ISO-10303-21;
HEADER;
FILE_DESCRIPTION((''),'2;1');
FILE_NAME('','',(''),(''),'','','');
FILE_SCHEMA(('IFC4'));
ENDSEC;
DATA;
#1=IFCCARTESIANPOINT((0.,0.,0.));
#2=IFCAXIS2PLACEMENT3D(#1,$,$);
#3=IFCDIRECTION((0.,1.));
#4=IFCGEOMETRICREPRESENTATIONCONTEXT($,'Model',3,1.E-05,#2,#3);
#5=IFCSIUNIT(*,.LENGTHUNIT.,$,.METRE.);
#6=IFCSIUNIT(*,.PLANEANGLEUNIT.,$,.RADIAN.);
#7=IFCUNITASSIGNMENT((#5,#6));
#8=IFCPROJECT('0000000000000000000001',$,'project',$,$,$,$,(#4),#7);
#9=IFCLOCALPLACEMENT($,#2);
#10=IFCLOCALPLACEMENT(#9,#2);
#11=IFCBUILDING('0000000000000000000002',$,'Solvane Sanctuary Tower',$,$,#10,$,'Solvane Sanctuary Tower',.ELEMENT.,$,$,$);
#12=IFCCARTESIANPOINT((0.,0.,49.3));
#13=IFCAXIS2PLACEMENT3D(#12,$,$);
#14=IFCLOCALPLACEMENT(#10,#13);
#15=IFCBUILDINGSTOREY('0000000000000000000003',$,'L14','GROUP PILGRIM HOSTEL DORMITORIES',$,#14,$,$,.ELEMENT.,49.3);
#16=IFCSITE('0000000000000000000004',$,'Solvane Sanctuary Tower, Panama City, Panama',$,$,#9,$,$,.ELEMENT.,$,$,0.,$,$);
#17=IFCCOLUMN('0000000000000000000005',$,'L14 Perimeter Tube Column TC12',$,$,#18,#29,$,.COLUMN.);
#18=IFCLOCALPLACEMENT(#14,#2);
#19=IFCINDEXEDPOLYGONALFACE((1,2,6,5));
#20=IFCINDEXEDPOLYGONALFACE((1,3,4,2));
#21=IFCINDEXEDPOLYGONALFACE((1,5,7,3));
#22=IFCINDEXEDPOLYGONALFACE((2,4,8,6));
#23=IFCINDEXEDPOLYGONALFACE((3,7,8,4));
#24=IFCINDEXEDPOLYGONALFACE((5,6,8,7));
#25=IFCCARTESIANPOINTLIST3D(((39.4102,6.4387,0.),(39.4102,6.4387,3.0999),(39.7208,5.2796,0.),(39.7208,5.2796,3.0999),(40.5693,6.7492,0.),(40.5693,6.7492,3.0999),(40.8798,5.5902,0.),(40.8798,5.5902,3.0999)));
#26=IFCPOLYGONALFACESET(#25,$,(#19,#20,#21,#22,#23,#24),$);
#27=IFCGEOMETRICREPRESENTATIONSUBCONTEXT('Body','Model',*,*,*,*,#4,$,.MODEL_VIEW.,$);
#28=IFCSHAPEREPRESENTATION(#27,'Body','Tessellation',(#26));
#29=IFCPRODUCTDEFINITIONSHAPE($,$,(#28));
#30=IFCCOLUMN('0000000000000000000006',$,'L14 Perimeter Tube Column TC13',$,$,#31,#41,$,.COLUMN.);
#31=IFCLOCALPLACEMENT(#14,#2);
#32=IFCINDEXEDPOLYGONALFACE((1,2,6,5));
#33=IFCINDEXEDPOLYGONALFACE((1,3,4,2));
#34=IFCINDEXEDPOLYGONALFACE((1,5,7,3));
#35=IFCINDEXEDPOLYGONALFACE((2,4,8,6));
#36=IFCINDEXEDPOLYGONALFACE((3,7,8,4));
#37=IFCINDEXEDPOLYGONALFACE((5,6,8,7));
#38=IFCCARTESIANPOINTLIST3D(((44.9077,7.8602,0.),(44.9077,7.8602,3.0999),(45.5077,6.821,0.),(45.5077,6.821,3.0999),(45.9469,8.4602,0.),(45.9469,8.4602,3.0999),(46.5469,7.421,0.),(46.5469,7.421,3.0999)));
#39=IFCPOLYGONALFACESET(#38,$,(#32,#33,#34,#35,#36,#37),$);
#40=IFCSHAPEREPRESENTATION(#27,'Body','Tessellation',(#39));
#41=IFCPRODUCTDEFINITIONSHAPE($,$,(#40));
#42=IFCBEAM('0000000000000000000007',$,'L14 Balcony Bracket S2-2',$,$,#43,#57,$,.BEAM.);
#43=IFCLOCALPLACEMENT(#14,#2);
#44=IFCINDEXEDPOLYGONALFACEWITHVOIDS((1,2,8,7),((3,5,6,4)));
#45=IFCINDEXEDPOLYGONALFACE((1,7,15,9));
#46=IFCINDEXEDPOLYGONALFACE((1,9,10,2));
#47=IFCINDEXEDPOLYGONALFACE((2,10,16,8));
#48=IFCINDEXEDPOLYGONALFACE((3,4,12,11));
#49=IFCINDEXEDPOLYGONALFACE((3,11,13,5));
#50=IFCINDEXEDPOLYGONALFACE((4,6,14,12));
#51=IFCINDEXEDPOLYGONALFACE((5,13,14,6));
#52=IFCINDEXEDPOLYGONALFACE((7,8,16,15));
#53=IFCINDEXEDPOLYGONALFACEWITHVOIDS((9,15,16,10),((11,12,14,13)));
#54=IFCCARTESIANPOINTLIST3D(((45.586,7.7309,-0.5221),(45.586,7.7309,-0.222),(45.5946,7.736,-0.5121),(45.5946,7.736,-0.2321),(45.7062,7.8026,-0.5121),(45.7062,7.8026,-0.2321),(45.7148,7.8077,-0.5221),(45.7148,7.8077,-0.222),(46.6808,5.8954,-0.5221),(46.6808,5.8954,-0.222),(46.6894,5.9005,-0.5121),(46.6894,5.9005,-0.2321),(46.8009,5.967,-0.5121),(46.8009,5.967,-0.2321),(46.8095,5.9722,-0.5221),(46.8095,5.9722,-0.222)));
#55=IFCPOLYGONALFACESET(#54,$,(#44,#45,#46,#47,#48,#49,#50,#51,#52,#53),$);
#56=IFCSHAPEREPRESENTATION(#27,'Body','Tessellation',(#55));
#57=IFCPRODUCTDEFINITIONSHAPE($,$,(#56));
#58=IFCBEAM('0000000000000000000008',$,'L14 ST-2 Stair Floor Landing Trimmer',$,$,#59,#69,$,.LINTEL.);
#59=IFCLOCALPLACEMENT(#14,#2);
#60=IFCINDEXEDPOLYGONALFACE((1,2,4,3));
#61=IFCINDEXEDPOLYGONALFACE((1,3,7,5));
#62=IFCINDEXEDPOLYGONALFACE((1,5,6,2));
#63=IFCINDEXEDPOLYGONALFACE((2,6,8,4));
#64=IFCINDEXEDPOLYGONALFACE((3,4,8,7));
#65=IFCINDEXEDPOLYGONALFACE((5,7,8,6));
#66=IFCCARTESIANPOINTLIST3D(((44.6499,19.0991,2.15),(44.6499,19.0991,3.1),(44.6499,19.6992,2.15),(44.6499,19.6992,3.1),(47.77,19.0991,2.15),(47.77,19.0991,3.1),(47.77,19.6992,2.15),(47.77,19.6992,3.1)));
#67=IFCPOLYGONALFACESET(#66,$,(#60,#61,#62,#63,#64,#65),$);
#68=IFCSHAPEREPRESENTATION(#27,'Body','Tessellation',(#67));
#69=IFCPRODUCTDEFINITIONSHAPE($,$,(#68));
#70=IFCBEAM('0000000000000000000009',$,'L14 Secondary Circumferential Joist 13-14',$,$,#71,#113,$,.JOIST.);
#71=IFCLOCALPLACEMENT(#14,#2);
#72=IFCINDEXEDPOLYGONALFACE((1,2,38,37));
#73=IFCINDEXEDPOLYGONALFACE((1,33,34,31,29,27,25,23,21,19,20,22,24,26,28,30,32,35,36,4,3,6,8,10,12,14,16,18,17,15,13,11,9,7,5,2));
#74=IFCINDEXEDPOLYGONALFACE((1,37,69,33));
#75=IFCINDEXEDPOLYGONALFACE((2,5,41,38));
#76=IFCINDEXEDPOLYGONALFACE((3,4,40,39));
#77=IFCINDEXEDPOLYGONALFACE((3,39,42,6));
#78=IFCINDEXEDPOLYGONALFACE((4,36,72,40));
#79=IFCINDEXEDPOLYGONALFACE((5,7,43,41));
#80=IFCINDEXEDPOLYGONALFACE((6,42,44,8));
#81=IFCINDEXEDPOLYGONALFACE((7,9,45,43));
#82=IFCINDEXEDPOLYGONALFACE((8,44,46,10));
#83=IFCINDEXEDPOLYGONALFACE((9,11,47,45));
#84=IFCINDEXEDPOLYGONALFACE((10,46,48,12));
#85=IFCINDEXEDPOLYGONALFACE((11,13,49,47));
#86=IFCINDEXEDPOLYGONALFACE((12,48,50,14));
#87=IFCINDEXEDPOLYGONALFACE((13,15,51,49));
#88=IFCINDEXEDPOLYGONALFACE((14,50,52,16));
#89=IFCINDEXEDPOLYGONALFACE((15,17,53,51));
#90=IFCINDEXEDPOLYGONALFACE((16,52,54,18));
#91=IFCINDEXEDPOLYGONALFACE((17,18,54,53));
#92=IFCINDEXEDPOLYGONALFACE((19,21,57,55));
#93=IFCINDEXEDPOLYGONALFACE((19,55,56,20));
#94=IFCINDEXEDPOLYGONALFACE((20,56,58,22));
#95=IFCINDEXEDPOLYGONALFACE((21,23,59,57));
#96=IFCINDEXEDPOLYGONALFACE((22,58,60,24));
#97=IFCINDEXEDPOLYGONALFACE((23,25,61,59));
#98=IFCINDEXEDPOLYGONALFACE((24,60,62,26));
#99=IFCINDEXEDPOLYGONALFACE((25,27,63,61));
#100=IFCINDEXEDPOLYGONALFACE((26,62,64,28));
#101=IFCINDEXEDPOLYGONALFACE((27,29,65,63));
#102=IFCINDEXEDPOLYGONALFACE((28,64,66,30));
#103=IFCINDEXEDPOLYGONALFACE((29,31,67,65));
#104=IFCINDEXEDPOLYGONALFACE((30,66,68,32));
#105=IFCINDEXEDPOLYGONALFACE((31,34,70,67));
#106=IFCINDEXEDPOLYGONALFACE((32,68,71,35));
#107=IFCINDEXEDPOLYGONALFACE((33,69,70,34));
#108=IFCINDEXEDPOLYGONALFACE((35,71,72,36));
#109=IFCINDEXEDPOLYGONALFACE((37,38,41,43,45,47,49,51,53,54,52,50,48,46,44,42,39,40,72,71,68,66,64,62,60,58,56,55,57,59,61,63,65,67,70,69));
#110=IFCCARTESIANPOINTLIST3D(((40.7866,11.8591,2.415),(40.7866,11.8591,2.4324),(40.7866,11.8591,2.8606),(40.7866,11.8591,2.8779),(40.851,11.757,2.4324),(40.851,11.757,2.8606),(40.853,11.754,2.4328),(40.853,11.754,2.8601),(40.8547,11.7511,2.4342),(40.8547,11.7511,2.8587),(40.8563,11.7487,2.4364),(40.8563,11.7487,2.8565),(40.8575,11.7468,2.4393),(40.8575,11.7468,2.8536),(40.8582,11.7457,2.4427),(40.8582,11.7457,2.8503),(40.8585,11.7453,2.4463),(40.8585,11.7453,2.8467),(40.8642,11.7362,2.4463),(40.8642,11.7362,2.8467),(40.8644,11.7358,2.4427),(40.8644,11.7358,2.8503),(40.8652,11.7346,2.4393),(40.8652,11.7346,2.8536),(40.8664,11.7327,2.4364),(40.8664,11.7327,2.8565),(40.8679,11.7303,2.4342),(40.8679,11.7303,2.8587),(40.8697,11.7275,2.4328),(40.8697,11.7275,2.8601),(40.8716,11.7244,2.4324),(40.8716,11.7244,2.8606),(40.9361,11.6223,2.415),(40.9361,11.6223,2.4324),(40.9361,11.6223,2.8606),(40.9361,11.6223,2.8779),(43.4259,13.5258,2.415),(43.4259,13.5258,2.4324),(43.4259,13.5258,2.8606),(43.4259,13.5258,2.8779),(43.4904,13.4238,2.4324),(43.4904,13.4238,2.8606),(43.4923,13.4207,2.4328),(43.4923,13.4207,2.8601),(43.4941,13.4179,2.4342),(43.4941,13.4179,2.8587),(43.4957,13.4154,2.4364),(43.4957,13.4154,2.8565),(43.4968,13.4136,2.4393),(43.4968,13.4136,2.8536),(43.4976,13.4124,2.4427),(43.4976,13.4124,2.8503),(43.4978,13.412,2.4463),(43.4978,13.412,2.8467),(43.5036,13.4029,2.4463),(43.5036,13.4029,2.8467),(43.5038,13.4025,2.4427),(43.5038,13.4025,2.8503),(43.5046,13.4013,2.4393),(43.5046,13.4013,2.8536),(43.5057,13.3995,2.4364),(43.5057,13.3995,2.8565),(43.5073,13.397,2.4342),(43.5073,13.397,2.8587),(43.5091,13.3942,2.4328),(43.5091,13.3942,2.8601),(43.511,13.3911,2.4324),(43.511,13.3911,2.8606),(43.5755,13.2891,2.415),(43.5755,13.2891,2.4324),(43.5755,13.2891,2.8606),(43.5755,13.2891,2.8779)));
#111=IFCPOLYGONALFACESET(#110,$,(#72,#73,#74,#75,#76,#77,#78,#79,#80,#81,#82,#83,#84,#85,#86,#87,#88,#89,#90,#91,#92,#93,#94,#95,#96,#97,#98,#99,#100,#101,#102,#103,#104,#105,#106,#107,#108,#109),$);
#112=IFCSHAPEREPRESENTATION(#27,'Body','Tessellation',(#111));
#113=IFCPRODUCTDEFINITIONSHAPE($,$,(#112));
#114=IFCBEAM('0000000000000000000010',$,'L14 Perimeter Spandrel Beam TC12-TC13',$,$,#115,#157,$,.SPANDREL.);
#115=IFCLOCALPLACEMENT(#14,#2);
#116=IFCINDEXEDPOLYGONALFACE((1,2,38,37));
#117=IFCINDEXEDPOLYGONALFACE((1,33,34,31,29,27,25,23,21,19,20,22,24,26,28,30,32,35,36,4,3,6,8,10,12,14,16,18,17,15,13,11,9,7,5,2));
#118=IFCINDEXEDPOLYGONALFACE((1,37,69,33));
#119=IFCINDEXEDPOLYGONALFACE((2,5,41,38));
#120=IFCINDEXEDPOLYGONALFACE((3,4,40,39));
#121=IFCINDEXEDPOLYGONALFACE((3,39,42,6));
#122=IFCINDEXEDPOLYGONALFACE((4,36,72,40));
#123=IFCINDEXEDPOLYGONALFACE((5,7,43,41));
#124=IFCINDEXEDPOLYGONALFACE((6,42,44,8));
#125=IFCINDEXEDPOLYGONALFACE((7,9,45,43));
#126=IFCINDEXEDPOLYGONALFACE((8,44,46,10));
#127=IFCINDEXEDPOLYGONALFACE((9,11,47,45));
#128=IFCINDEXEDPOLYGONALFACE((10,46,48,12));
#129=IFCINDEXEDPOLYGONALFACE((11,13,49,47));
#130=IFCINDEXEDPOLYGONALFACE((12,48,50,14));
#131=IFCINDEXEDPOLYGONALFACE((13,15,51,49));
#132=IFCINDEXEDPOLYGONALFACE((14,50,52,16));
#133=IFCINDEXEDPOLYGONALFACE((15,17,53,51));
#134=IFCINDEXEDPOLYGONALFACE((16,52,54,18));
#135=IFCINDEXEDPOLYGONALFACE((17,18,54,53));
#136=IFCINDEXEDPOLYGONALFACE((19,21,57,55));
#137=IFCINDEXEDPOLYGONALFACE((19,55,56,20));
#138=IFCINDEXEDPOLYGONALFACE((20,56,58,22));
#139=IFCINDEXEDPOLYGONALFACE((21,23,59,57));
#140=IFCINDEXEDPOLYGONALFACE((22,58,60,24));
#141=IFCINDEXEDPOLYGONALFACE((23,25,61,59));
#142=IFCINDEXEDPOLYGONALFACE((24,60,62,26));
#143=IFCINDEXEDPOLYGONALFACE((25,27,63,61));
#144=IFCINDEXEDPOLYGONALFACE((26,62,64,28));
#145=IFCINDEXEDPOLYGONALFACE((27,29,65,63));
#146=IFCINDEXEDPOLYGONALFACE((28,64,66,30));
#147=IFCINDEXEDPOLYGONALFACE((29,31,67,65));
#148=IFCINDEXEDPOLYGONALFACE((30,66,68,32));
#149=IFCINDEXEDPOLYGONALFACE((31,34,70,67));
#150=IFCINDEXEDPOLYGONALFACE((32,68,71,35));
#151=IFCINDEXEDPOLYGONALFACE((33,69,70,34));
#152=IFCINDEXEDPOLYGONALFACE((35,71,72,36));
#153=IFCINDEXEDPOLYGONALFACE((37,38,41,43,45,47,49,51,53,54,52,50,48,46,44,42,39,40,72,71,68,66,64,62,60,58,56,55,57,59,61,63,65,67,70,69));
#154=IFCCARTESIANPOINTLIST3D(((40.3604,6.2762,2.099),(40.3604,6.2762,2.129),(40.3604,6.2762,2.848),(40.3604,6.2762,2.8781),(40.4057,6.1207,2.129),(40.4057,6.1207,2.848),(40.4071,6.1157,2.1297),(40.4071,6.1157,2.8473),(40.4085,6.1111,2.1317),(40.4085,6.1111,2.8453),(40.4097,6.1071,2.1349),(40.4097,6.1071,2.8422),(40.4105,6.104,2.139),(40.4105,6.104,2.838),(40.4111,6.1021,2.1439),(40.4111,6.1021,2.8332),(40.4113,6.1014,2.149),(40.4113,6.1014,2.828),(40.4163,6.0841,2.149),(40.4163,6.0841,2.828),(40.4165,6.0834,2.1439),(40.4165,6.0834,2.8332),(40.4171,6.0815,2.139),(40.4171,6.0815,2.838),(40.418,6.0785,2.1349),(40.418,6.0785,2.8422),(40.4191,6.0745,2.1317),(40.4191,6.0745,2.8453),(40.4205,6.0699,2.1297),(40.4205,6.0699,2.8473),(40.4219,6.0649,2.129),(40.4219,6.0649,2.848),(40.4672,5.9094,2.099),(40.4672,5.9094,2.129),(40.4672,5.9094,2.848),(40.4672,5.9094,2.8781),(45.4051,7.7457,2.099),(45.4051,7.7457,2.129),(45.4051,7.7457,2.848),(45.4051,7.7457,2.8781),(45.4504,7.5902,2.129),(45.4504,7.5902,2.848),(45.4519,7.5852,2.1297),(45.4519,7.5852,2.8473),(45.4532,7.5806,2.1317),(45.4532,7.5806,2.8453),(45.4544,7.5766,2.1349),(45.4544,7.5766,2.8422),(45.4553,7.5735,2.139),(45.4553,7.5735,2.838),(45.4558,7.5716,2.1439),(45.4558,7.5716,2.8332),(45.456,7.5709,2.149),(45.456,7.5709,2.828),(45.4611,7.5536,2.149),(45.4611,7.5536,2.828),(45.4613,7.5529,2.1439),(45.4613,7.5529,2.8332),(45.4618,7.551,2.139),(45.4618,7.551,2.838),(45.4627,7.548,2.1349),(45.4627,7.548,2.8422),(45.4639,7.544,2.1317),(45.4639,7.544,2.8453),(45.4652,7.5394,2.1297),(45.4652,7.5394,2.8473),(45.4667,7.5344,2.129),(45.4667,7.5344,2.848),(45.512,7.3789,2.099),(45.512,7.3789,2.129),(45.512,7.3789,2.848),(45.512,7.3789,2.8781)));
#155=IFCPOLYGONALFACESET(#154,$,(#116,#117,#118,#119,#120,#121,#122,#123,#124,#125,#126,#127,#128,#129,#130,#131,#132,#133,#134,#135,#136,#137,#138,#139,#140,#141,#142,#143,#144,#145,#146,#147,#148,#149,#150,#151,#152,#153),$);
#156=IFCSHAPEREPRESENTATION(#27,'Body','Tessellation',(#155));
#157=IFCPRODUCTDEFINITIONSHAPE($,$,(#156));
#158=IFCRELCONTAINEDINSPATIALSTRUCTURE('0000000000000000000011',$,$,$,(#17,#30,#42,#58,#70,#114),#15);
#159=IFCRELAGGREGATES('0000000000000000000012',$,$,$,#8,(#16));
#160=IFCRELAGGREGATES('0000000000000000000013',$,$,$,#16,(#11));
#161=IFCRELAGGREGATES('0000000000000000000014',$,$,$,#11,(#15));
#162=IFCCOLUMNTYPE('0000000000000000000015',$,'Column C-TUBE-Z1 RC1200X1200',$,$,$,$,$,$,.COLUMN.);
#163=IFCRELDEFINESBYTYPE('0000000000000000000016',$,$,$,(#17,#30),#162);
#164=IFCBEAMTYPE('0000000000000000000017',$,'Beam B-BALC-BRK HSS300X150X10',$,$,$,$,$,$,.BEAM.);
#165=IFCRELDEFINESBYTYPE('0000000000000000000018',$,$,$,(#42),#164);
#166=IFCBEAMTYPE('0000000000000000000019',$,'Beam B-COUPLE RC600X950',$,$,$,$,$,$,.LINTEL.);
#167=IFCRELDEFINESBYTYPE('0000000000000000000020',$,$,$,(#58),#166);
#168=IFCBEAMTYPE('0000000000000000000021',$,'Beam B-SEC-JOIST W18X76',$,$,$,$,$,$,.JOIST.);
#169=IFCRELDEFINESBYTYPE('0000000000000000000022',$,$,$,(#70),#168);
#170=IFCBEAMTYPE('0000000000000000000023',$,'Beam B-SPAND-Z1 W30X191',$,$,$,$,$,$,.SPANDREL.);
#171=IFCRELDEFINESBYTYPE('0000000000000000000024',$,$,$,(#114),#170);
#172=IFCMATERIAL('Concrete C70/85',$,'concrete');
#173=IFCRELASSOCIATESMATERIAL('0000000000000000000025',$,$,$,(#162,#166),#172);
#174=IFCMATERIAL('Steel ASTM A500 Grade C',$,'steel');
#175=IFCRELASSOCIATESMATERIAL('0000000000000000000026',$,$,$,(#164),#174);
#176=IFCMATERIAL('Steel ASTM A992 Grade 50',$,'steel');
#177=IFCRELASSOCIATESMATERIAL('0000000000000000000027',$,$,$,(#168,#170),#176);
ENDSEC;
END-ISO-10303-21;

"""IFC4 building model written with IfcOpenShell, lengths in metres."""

from ifc_helpers import new_model, si_unit, direction, frame, origin, origin_2d, place, context, subcontext, project, spatial, rectangle, hollow_rectangle, i_section, extrude, material, material_profile, profile_set, type_object, element, save


model = new_model("IFC4")

# Units and contexts
model_context = context("Model", 3, precision=1e-05, world=origin(), true_north=direction((0.0, 1.0)))
body_context = subcontext(model_context, "Body", "Model", "MODEL_VIEW")
ifc_project = project(units=[si_unit("LENGTHUNIT", "METRE"), si_unit("PLANEANGLEUNIT", "RADIAN")], contexts=[model_context])

# Site, building, storey
site_placement = place(None, origin())
site = spatial("IfcSite", under=ifc_project, at=site_placement, Name="Solvane Sanctuary Tower, Panama City, Panama", CompositionType="ELEMENT", RefElevation=0.0)
building_placement = place(site_placement, origin())
building = spatial("IfcBuilding", under=site, at=building_placement, Name="Solvane Sanctuary Tower", LongName="Solvane Sanctuary Tower", CompositionType="ELEMENT")
storey_placement = place(building_placement, frame((0.0, 0.0, 49.3)))
storey = spatial("IfcBuildingStorey", under=building, at=storey_placement, Name="L14", Description="GROUP PILGRIM HOSTEL DORMITORIES", CompositionType="ELEMENT", Elevation=49.3)

# Columns
ifc_material_1 = material(Name="Concrete C70/85", Category="concrete")
ifc_material_profile_1 = material_profile(ifc_material_1, rectangle(XDim=1.2, YDim=1.2, at=origin_2d()), Name="RC1200X1200")
ifc_profile_set_1 = profile_set([ifc_material_profile_1], Name="Concrete C70/85")
column_type = type_object("IfcColumnType", Name="Column C-TUBE-Z1 RC1200X1200", PredefinedType="COLUMN", material=ifc_profile_set_1)
for number, where, z_axis, x_axis, name in (
    (1, (40.145, 6.0144, 0.0), (0.0, 0.0, 1.0), (0.258819, -0.965926, 0.0), "L14 Perimeter Tube Column TC12"),
    (2, (45.7273, 7.6406, 0.0), (0.0, 0.0, 1.0), (0.5, -0.866025, 0.0), "L14 Perimeter Tube Column TC13"),
):
    element("IfcColumn", number, at=place(storey_placement, frame(where, z_axis=z_axis, x_axis=x_axis)), inside=storey, type_object=column_type, Name=name, PredefinedType="COLUMN", context=body_context, shape_type="SweptSolid", body=[
        extrude(rectangle(XDim=1.2, YDim=1.2, at=origin_2d()), origin(), (0.0, 0.0, 1.0), 3.0999),
    ])

# Beams
ifc_material_2 = material(Name="Steel ASTM A500 Grade C", Category="steel")
ifc_material_profile_2 = material_profile(ifc_material_2, hollow_rectangle(XDim=0.1499, YDim=0.3, WallThickness=0.01, at=origin_2d()), Name="HSS300X150X10")
ifc_profile_set_2 = profile_set([ifc_material_profile_2], Name="Steel ASTM A500 Grade C")
beam_type_1 = type_object("IfcBeamType", Name="Beam B-BALC-BRK HSS300X150X10", PredefinedType="BEAM", material=ifc_profile_set_2)
beam_1_placement = place(storey_placement, frame((45.6504, 7.7693, -0.3721), z_axis=(0.512243, -0.858841, 0.0), x_axis=(0.858841, 0.512243, 0.0)))
element("IfcBeam", 3, at=beam_1_placement, inside=storey, type_object=beam_type_1, Name="L14 Balcony Bracket S2-2", PredefinedType="BEAM", context=body_context, shape_type="SweptSolid", body=[
    extrude(hollow_rectangle(XDim=0.1499, YDim=0.3, WallThickness=0.01, at=origin_2d()), origin(), (0.0, 0.0, 1.0), 2.1372),
])
ifc_material_profile_3 = material_profile(ifc_material_1, rectangle(XDim=0.6001, YDim=0.95, at=origin_2d()), Name="RC600X950")
ifc_profile_set_3 = profile_set([ifc_material_profile_3], Name="Concrete C70/85")
beam_type_2 = type_object("IfcBeamType", Name="Beam B-COUPLE RC600X950", PredefinedType="LINTEL", material=ifc_profile_set_3)
beam_2_placement = place(storey_placement, frame((44.6499, 19.3992, 2.625), z_axis=(1.0, 0.0, 0.0), x_axis=(0.0, 1.0, 0.0)))
element("IfcBeam", 4, at=beam_2_placement, inside=storey, type_object=beam_type_2, Name="L14 ST-2 Stair Floor Landing Trimmer", PredefinedType="LINTEL", context=body_context, shape_type="SweptSolid", body=[
    extrude(rectangle(XDim=0.6001, YDim=0.95, at=origin_2d()), origin(), (0.0, 0.0, 1.0), 3.1201),
])
ifc_material_3 = material(Name="Steel ASTM A992 Grade 50", Category="steel")
ifc_material_profile_4 = material_profile(ifc_material_3, i_section(OverallWidth=0.28, OverallDepth=0.4629, WebThickness=0.0107, FlangeThickness=0.0173, FilletRadius=0.0139, at=origin_2d()), Name="W18X76")
ifc_profile_set_4 = profile_set([ifc_material_profile_4], Name="Steel ASTM A992 Grade 50")
beam_type_3 = type_object("IfcBeamType", Name="Beam B-SEC-JOIST W18X76", PredefinedType="JOIST", material=ifc_profile_set_4)
beam_3_placement = place(storey_placement, frame((40.8613, 11.7407, 2.6465), z_axis=(0.845524, 0.533937, 0.0), x_axis=(-0.533937, 0.845524, 0.0)))
element("IfcBeam", 5, at=beam_3_placement, inside=storey, type_object=beam_type_3, Name="L14 Secondary Circumferential Joist 13-14", PredefinedType="JOIST", context=body_context, shape_type="SweptSolid", body=[
    extrude(i_section(OverallWidth=0.28, OverallDepth=0.4629, WebThickness=0.0107, FlangeThickness=0.0173, FilletRadius=0.0139, at=origin_2d()), origin(), (0.0, 0.0, 1.0), 3.1216),
])
ifc_material_profile_5 = material_profile(ifc_material_3, i_section(OverallWidth=0.3821, OverallDepth=0.7791, WebThickness=0.0181, FlangeThickness=0.03, FilletRadius=0.02, at=origin_2d()), Name="W30X191")
ifc_profile_set_5 = profile_set([ifc_material_profile_5], Name="Steel ASTM A992 Grade 50")
beam_type_4 = type_object("IfcBeamType", Name="Beam B-SPAND-Z1 W30X191", PredefinedType="SPANDREL", material=ifc_profile_set_5)
beam_4_placement = place(storey_placement, frame((40.4138, 6.0928, 2.4885), z_axis=(0.960096, 0.27967, 0.0), x_axis=(-0.27967, 0.960096, 0.0)))
element("IfcBeam", 6, at=beam_4_placement, inside=storey, type_object=beam_type_4, Name="L14 Perimeter Spandrel Beam TC12-TC13", PredefinedType="SPANDREL", context=body_context, shape_type="SweptSolid", body=[
    extrude(i_section(OverallWidth=0.3821, OverallDepth=0.7791, WebThickness=0.0181, FlangeThickness=0.03, FilletRadius=0.02, at=origin_2d()), origin(), (0.0, 0.0, 1.0), 5.2544),
])

save(model, "model.ifc")
